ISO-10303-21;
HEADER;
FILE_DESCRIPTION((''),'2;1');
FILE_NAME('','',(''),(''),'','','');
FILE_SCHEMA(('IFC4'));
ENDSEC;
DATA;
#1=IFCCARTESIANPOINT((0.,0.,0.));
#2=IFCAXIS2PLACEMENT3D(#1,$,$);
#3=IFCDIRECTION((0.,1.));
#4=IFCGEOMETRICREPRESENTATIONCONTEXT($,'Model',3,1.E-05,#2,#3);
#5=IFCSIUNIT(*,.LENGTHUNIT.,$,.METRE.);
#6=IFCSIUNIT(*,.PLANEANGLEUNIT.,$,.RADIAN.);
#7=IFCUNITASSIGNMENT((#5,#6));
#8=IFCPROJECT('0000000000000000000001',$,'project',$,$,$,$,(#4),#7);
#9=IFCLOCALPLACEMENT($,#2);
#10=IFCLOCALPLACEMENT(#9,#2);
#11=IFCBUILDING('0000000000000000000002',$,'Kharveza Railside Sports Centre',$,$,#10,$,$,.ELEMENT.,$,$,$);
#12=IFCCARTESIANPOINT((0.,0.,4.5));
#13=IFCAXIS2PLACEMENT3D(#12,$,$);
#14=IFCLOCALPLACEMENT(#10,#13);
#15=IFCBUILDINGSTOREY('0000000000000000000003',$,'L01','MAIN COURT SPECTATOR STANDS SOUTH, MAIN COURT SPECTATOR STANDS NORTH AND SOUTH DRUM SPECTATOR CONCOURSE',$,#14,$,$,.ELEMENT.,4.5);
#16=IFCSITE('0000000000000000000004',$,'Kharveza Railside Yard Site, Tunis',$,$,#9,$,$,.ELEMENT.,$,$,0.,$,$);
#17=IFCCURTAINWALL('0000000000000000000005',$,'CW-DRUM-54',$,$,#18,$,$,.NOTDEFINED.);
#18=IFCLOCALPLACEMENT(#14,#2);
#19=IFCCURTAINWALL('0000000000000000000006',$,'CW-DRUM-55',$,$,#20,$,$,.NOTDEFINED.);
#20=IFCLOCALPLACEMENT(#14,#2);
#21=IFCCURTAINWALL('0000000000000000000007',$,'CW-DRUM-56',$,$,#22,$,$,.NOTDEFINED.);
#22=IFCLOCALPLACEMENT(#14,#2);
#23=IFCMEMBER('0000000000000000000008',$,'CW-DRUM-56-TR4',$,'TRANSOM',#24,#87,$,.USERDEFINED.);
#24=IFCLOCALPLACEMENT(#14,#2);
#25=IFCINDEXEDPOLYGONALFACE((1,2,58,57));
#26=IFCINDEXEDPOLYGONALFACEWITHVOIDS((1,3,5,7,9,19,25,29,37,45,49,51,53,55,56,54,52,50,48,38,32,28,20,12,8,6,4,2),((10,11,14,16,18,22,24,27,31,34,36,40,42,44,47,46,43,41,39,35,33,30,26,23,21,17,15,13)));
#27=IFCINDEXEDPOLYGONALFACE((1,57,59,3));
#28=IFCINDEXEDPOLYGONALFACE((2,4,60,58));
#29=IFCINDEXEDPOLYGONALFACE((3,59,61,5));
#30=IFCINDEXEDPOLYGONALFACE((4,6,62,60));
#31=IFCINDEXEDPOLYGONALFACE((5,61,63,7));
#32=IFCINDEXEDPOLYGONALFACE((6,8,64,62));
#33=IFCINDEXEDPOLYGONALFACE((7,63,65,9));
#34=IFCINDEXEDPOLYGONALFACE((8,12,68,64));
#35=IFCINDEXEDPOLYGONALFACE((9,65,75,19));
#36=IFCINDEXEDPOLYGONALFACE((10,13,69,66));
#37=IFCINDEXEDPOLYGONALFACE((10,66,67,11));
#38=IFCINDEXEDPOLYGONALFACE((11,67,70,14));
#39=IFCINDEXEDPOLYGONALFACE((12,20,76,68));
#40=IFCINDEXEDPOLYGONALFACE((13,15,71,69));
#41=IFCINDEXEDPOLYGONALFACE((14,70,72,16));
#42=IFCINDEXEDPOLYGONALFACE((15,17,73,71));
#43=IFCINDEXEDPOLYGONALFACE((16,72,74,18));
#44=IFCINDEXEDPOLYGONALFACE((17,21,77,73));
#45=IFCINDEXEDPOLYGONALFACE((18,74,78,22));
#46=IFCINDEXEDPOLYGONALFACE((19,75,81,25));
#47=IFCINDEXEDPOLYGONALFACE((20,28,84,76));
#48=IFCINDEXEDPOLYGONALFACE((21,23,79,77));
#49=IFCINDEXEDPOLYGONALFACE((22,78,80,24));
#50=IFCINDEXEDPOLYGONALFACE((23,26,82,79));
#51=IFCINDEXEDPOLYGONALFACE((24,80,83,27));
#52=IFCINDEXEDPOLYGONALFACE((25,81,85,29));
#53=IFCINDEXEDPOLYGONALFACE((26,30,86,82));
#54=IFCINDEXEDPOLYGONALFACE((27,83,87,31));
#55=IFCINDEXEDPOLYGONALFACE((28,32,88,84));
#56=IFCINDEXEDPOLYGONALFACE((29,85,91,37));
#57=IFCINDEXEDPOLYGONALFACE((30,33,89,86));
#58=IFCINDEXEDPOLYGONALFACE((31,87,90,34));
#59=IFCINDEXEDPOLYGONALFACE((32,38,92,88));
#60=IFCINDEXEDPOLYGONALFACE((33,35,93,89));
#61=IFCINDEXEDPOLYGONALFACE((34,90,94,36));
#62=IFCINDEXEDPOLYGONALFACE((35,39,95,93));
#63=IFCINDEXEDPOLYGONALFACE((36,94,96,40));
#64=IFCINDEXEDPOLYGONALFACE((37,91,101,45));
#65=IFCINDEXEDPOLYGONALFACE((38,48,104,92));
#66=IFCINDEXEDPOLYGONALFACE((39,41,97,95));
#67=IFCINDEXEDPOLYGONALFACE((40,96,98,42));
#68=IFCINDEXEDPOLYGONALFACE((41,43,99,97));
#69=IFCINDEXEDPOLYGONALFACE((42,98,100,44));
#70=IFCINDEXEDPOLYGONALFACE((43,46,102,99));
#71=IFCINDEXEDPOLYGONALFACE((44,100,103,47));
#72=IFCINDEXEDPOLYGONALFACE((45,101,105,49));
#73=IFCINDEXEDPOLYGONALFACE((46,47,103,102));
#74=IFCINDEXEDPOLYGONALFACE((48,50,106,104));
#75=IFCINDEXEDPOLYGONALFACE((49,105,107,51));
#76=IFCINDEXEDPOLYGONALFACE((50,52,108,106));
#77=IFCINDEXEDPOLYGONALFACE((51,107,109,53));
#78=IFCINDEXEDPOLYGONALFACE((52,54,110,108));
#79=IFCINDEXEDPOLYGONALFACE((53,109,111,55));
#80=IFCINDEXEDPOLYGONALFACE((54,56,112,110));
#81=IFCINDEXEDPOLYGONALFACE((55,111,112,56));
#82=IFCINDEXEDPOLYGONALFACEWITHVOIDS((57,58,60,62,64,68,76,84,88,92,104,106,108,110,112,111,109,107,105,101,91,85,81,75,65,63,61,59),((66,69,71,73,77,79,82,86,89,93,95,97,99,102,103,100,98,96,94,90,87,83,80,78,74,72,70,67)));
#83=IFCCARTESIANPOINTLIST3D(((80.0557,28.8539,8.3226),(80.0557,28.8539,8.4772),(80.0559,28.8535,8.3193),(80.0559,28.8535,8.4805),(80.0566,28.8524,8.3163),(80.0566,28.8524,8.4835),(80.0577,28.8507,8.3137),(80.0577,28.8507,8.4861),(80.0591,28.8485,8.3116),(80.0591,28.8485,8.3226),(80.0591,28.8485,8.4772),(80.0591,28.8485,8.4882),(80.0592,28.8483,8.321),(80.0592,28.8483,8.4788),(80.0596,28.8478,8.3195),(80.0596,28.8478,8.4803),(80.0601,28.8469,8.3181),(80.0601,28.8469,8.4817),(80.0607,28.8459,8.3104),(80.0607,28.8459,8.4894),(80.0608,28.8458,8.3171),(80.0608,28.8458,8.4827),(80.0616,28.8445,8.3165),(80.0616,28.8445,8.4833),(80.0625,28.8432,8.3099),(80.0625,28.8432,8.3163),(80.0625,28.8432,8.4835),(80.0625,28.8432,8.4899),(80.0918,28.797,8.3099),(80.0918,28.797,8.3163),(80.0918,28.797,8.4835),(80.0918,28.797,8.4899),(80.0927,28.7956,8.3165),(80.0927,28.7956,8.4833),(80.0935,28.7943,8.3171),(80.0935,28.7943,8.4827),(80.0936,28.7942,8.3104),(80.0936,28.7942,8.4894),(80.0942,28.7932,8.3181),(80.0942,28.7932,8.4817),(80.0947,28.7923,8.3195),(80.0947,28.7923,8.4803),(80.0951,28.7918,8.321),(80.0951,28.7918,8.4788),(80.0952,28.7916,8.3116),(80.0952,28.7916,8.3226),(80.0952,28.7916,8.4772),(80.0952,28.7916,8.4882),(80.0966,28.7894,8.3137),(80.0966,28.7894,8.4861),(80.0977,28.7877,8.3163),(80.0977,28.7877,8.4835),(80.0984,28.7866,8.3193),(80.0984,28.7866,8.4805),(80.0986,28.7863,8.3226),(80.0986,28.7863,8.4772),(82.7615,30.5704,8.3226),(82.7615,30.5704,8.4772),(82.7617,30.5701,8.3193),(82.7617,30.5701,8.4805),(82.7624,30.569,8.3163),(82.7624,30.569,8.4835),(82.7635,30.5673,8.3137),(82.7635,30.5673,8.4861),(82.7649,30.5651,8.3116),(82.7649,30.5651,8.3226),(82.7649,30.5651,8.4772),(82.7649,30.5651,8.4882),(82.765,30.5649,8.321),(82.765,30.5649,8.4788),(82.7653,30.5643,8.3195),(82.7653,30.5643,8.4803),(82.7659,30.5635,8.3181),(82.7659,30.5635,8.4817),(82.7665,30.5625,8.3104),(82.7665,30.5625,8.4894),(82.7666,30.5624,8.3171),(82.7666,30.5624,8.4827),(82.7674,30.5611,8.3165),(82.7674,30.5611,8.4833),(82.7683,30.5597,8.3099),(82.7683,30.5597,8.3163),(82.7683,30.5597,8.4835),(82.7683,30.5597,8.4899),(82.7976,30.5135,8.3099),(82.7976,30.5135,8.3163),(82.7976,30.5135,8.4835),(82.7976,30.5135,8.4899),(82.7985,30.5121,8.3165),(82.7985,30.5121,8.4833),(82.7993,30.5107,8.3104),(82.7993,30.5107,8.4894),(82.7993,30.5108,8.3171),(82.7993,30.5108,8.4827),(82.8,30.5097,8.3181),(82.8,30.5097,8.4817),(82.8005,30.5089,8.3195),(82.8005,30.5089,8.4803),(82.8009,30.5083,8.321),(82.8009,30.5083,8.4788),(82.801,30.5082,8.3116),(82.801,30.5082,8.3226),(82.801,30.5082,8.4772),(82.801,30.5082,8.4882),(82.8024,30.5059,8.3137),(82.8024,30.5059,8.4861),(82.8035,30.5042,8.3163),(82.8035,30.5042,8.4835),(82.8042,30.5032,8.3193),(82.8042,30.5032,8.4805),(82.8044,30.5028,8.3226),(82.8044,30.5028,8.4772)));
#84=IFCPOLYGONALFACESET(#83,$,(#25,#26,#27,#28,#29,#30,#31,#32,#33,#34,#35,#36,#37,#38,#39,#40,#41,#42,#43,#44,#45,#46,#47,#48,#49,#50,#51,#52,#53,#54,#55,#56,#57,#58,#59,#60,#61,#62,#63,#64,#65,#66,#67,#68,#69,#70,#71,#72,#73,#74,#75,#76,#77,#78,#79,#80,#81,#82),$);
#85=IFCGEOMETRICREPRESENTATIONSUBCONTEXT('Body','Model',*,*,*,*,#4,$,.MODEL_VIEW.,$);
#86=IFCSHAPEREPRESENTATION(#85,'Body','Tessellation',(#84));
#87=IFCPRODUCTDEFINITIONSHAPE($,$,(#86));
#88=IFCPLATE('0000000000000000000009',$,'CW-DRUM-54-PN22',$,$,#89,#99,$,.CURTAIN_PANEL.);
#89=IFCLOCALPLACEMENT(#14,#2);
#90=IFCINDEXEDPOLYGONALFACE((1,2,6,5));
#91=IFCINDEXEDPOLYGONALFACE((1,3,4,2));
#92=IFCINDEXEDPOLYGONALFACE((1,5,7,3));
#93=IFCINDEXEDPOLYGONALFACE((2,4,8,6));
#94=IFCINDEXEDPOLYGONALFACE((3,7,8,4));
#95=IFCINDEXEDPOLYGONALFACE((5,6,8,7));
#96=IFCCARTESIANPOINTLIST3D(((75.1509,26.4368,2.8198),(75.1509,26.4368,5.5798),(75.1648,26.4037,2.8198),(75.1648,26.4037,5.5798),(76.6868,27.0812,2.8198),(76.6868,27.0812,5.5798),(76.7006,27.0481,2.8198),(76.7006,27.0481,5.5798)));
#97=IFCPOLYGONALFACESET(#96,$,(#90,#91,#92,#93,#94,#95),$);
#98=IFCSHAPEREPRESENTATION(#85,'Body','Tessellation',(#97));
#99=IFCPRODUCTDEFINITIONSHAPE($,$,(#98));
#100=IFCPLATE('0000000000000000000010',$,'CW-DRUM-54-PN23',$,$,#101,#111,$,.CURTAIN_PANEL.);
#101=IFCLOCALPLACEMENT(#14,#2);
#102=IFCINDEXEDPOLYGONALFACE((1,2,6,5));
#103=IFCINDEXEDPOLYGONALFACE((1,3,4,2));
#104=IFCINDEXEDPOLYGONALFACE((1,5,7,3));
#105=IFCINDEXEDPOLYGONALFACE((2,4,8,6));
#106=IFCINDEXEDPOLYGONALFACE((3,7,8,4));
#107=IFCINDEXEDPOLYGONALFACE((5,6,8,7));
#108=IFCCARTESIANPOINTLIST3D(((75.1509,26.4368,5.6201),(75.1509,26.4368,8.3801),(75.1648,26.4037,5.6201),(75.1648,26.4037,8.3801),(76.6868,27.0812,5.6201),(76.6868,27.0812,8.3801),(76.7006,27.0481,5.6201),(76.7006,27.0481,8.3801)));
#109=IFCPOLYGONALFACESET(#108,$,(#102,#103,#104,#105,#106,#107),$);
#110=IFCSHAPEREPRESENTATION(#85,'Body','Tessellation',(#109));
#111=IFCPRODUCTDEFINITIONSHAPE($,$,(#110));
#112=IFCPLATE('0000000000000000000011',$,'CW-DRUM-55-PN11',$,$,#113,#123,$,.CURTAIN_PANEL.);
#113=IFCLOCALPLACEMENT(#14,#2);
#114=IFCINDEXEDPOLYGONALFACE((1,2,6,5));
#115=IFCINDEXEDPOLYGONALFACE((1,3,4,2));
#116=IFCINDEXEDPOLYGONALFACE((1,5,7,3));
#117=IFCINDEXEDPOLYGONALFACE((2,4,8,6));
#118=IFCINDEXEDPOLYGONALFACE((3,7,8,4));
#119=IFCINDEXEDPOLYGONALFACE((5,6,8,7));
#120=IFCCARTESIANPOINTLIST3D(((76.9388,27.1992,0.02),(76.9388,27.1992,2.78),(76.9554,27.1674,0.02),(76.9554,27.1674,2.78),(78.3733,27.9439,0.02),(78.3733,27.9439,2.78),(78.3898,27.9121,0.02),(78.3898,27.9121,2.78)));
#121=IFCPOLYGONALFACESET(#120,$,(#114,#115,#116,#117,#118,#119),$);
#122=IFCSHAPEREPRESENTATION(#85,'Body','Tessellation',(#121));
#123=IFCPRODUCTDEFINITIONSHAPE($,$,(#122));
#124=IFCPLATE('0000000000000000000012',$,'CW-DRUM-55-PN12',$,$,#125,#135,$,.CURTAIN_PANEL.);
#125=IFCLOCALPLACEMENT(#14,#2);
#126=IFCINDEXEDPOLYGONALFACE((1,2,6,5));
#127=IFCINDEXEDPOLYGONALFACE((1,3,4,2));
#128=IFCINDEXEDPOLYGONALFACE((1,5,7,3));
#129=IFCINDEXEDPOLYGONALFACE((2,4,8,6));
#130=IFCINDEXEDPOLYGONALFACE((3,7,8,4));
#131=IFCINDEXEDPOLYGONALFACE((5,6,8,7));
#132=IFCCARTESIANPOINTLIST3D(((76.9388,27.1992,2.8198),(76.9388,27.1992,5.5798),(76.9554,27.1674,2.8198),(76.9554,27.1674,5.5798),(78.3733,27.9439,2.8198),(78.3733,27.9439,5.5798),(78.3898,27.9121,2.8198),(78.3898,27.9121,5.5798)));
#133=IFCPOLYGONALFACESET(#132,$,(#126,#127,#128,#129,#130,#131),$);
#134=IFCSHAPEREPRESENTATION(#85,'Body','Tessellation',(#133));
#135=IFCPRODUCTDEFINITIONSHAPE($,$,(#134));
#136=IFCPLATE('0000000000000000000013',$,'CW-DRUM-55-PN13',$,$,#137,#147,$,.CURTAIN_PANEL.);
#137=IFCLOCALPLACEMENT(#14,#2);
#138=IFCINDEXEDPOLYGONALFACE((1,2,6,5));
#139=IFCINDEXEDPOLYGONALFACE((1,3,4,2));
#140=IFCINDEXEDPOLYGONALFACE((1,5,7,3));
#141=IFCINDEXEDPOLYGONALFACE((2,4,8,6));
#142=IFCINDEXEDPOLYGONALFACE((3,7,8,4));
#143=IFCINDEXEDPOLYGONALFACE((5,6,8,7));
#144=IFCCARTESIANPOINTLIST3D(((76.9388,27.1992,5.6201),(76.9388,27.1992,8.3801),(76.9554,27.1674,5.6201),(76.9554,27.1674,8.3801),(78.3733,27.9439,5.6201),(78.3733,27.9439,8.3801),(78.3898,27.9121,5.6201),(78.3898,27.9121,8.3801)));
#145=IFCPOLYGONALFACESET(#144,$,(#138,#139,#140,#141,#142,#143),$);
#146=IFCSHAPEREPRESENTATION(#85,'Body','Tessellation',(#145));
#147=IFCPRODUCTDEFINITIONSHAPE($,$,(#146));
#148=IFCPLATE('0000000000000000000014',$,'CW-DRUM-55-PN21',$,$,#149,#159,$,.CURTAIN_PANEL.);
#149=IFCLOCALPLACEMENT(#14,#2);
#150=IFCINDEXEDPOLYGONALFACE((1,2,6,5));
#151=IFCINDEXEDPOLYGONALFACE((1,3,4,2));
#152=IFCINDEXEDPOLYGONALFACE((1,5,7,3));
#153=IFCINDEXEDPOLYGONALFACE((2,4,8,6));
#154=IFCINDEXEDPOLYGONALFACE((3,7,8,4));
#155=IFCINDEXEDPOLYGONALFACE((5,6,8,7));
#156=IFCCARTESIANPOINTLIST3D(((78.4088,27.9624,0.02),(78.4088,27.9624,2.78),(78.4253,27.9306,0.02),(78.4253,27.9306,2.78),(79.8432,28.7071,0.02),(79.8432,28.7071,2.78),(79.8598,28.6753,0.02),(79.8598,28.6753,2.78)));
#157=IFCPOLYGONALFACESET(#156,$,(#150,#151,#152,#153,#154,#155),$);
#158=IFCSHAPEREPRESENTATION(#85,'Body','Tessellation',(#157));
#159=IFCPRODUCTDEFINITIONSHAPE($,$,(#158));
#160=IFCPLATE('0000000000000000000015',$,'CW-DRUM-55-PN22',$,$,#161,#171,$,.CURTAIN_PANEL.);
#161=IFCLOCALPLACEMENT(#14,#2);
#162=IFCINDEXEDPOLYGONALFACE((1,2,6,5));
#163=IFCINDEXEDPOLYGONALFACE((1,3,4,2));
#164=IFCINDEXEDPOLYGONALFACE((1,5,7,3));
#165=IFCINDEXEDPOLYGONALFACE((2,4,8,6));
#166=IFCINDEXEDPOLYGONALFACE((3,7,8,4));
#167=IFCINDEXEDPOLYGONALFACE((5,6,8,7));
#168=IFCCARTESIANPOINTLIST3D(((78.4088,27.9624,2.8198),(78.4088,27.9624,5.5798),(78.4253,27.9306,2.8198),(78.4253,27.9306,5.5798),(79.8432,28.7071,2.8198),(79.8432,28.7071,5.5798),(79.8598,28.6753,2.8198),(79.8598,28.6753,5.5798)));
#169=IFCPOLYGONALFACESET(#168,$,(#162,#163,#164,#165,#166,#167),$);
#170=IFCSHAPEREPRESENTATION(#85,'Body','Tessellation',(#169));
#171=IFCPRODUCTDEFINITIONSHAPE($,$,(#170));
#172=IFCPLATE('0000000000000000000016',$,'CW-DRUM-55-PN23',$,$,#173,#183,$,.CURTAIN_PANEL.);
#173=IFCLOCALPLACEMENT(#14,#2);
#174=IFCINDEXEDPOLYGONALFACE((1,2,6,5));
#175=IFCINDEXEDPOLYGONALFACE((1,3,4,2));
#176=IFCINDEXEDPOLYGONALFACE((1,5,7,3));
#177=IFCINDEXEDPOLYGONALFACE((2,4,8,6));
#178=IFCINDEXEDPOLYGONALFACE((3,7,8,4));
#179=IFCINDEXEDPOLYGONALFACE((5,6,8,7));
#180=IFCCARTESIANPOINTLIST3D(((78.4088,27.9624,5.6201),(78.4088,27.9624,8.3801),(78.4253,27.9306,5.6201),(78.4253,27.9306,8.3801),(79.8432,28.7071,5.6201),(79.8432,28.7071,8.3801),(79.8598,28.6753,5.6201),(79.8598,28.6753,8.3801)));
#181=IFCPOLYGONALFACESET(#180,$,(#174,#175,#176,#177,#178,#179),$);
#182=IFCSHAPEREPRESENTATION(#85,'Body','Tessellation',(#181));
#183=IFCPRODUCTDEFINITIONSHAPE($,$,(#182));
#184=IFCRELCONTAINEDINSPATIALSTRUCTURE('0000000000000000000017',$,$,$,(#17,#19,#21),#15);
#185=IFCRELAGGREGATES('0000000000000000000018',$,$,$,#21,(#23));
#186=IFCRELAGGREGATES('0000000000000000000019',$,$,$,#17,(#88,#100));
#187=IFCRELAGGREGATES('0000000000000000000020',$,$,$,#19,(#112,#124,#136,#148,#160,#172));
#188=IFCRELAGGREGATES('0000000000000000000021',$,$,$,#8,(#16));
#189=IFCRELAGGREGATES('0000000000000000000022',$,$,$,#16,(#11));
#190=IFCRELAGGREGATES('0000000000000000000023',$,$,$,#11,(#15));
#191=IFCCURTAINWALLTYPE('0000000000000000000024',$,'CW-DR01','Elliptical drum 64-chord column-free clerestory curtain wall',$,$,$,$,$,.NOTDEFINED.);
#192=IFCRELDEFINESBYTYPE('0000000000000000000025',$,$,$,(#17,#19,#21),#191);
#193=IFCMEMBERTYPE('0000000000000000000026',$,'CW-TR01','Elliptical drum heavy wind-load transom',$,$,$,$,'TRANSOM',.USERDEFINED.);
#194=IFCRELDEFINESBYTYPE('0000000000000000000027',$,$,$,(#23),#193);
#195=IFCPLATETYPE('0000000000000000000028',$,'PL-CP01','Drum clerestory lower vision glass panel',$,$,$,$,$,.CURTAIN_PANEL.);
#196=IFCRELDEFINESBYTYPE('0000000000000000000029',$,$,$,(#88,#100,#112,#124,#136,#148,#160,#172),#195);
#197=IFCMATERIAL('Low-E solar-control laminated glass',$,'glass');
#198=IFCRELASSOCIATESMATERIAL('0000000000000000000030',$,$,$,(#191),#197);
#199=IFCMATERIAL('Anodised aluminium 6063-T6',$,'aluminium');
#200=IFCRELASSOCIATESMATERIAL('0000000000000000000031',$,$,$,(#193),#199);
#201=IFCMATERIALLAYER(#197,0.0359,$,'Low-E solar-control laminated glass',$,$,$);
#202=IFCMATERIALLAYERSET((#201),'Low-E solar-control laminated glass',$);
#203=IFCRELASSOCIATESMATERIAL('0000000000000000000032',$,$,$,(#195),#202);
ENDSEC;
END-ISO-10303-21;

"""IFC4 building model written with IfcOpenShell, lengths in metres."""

from ifc_helpers import new_model, si_unit, direction, frame, origin, origin_2d, place, context, subcontext, project, spatial, rectangle, hollow_rectangle, extrude, material, layer, layer_set, material_profile, profile_set, type_object, element, aggregate, save


model = new_model("IFC4")

# Units and contexts
model_context = context("Model", 3, precision=1e-05, world=origin(), true_north=direction((0.0, 1.0)))
body_context = subcontext(model_context, "Body", "Model", "MODEL_VIEW")
ifc_project = project(units=[si_unit("LENGTHUNIT", "METRE"), si_unit("PLANEANGLEUNIT", "RADIAN")], contexts=[model_context])

# Site, building, storey
site_placement = place(None, origin())
site = spatial("IfcSite", under=ifc_project, at=site_placement, Name="Kharveza Railside Yard Site, Tunis", CompositionType="ELEMENT", RefElevation=0.0)
building_placement = place(site_placement, origin())
building = spatial("IfcBuilding", under=site, at=building_placement, Name="Kharveza Railside Sports Centre", CompositionType="ELEMENT")
storey_placement = place(building_placement, frame((0.0, 0.0, 4.5)))
storey = spatial("IfcBuildingStorey", under=building, at=storey_placement, Name="L01", Description="MAIN COURT SPECTATOR STANDS SOUTH, MAIN COURT SPECTATOR STANDS NORTH AND SOUTH DRUM SPECTATOR CONCOURSE", CompositionType="ELEMENT", Elevation=4.5)

# Curtain wall
ifc_material_1 = material(Name="Low-E solar-control laminated glass", Category="glass")
curtain_wall_type = type_object("IfcCurtainWallType", Name="CW-DR01", Description="Elliptical drum 64-chord column-free clerestory curtain wall", PredefinedType="NOTDEFINED", material=ifc_material_1)
curtain_wall_1_placement = place(storey_placement, origin())
curtain_wall_1 = element("IfcCurtainWall", 1, at=curtain_wall_1_placement, inside=storey, type_object=curtain_wall_type, Name="CW-DRUM-54", PredefinedType="NOTDEFINED")
ifc_material_2 = material(Name="Anodised aluminium 6063-T6", Category="aluminium")

# Curtain wall
curtain_wall_2_placement = place(storey_placement, origin())
curtain_wall_2 = element("IfcCurtainWall", 2, at=curtain_wall_2_placement, inside=storey, type_object=curtain_wall_type, Name="CW-DRUM-55", PredefinedType="NOTDEFINED")

# Curtain wall
curtain_wall_3_placement = place(storey_placement, origin())
curtain_wall_3 = element("IfcCurtainWall", 3, at=curtain_wall_3_placement, inside=storey, type_object=curtain_wall_type, Name="CW-DRUM-56", PredefinedType="NOTDEFINED")

# Member
ifc_material_profile_1 = material_profile(ifc_material_2, hollow_rectangle(XDim=0.0801, YDim=0.1799, WallThickness=0.0063, InnerFilletRadius=0.0063, OuterFilletRadius=0.0127, at=origin_2d()), Name="RHS 80x180x6.3")
ifc_profile_set_1 = profile_set([ifc_material_profile_1], Name="Anodised aluminium 6063-T6")
member_type_1 = type_object("IfcMemberType", Name="CW-TR01", Description="Elliptical drum heavy wind-load transom", ElementType="TRANSOM", PredefinedType="USERDEFINED", material=ifc_profile_set_1)
member_1_placement = place(storey_placement, frame((80.0771, 28.8201, 8.3999), z_axis=(0.844414, 0.535692, 0.0), x_axis=(-0.535692, 0.844414, 0.0)))
member_1 = element("IfcMember", 4, at=member_1_placement, type_object=member_type_1, Name="CW-DRUM-56-TR4", ObjectType="TRANSOM", PredefinedType="USERDEFINED", context=body_context, shape_type="SweptSolid", body=[
    extrude(hollow_rectangle(XDim=0.0801, YDim=0.1799, WallThickness=0.0063, InnerFilletRadius=0.0063, OuterFilletRadius=0.0127, at=origin_2d()), origin(), (0.0, 0.0, 1.0), 3.2043),
])
aggregate(curtain_wall_3, [member_1])

# Plates
ifc_layer_1 = layer(ifc_material_1, 0.0359, Name="Low-E solar-control laminated glass")
ifc_layer_set_1 = layer_set([ifc_layer_1], Name="Low-E solar-control laminated glass")
plate_type = type_object("IfcPlateType", Name="PL-CP01", Description="Drum clerestory lower vision glass panel", PredefinedType="CURTAIN_PANEL", material=ifc_layer_set_1)
plate_1_placement = place(storey_placement, frame((75.9258, 26.7424, 2.8198), z_axis=(0.0, 0.0, 1.0), x_axis=(0.922127, 0.386888, 0.0)))
plate_1 = element("IfcPlate", 5, at=plate_1_placement, type_object=plate_type, Name="CW-DRUM-54-PN22", PredefinedType="CURTAIN_PANEL", context=body_context, shape_type="SweptSolid", body=[
    extrude(rectangle(XDim=1.6655, YDim=0.0359, at=origin_2d()), origin(), (0.0, 0.0, 1.0), 2.76),
])
plate_2_placement = place(storey_placement, frame((75.9258, 26.7424, 5.6201), z_axis=(0.0, 0.0, 1.0), x_axis=(0.922127, 0.386888, 0.0)))
plate_2 = element("IfcPlate", 6, at=plate_2_placement, type_object=plate_type, Name="CW-DRUM-54-PN23", PredefinedType="CURTAIN_PANEL", context=body_context, shape_type="SweptSolid", body=[
    extrude(rectangle(XDim=1.6655, YDim=0.0359, at=origin_2d()), origin(), (0.0, 0.0, 1.0), 2.76),
])
aggregate(curtain_wall_1, [plate_1, plate_2])
plate_3_placement = place(storey_placement, frame((77.6643, 27.5557, 0.02), z_axis=(0.0, 0.0, 1.0), x_axis=(0.887526, 0.460758, 0.0)))
plate_3 = element("IfcPlate", 7, at=plate_3_placement, type_object=plate_type, Name="CW-DRUM-55-PN11", PredefinedType="CURTAIN_PANEL", context=body_context, shape_type="SweptSolid", body=[
    extrude(rectangle(XDim=1.6162, YDim=0.0359, at=origin_2d()), origin(), (0.0, 0.0, 1.0), 2.76),
])
plate_4_placement = place(storey_placement, frame((77.6643, 27.5557, 2.8198), z_axis=(0.0, 0.0, 1.0), x_axis=(0.887526, 0.460758, 0.0)))
plate_4 = element("IfcPlate", 8, at=plate_4_placement, type_object=plate_type, Name="CW-DRUM-55-PN12", PredefinedType="CURTAIN_PANEL", context=body_context, shape_type="SweptSolid", body=[
    extrude(rectangle(XDim=1.6162, YDim=0.0359, at=origin_2d()), origin(), (0.0, 0.0, 1.0), 2.76),
])
plate_5_placement = place(storey_placement, frame((77.6643, 27.5557, 5.6201), z_axis=(0.0, 0.0, 1.0), x_axis=(0.887526, 0.460758, 0.0)))
plate_5 = element("IfcPlate", 9, at=plate_5_placement, type_object=plate_type, Name="CW-DRUM-55-PN13", PredefinedType="CURTAIN_PANEL", context=body_context, shape_type="SweptSolid", body=[
    extrude(rectangle(XDim=1.6162, YDim=0.0359, at=origin_2d()), origin(), (0.0, 0.0, 1.0), 2.76),
])
plate_6_placement = place(storey_placement, frame((79.1343, 28.3188, 0.02), z_axis=(0.0, 0.0, 1.0), x_axis=(0.887526, 0.460758, 0.0)))
plate_6 = element("IfcPlate", 10, at=plate_6_placement, type_object=plate_type, Name="CW-DRUM-55-PN21", PredefinedType="CURTAIN_PANEL", context=body_context, shape_type="SweptSolid", body=[
    extrude(rectangle(XDim=1.6162, YDim=0.0359, at=origin_2d()), origin(), (0.0, 0.0, 1.0), 2.76),
])
plate_7_placement = place(storey_placement, frame((79.1343, 28.3188, 2.8198), z_axis=(0.0, 0.0, 1.0), x_axis=(0.887526, 0.460758, 0.0)))
plate_7 = element("IfcPlate", 11, at=plate_7_placement, type_object=plate_type, Name="CW-DRUM-55-PN22", PredefinedType="CURTAIN_PANEL", context=body_context, shape_type="SweptSolid", body=[
    extrude(rectangle(XDim=1.6162, YDim=0.0359, at=origin_2d()), origin(), (0.0, 0.0, 1.0), 2.76),
])
plate_8_placement = place(storey_placement, frame((79.1343, 28.3188, 5.6201), z_axis=(0.0, 0.0, 1.0), x_axis=(0.887526, 0.460758, 0.0)))
plate_8 = element("IfcPlate", 12, at=plate_8_placement, type_object=plate_type, Name="CW-DRUM-55-PN23", PredefinedType="CURTAIN_PANEL", context=body_context, shape_type="SweptSolid", body=[
    extrude(rectangle(XDim=1.6162, YDim=0.0359, at=origin_2d()), origin(), (0.0, 0.0, 1.0), 2.76),
])
aggregate(curtain_wall_2, [plate_3, plate_4, plate_5, plate_6, plate_7, plate_8])

save(model, "model.ifc")
